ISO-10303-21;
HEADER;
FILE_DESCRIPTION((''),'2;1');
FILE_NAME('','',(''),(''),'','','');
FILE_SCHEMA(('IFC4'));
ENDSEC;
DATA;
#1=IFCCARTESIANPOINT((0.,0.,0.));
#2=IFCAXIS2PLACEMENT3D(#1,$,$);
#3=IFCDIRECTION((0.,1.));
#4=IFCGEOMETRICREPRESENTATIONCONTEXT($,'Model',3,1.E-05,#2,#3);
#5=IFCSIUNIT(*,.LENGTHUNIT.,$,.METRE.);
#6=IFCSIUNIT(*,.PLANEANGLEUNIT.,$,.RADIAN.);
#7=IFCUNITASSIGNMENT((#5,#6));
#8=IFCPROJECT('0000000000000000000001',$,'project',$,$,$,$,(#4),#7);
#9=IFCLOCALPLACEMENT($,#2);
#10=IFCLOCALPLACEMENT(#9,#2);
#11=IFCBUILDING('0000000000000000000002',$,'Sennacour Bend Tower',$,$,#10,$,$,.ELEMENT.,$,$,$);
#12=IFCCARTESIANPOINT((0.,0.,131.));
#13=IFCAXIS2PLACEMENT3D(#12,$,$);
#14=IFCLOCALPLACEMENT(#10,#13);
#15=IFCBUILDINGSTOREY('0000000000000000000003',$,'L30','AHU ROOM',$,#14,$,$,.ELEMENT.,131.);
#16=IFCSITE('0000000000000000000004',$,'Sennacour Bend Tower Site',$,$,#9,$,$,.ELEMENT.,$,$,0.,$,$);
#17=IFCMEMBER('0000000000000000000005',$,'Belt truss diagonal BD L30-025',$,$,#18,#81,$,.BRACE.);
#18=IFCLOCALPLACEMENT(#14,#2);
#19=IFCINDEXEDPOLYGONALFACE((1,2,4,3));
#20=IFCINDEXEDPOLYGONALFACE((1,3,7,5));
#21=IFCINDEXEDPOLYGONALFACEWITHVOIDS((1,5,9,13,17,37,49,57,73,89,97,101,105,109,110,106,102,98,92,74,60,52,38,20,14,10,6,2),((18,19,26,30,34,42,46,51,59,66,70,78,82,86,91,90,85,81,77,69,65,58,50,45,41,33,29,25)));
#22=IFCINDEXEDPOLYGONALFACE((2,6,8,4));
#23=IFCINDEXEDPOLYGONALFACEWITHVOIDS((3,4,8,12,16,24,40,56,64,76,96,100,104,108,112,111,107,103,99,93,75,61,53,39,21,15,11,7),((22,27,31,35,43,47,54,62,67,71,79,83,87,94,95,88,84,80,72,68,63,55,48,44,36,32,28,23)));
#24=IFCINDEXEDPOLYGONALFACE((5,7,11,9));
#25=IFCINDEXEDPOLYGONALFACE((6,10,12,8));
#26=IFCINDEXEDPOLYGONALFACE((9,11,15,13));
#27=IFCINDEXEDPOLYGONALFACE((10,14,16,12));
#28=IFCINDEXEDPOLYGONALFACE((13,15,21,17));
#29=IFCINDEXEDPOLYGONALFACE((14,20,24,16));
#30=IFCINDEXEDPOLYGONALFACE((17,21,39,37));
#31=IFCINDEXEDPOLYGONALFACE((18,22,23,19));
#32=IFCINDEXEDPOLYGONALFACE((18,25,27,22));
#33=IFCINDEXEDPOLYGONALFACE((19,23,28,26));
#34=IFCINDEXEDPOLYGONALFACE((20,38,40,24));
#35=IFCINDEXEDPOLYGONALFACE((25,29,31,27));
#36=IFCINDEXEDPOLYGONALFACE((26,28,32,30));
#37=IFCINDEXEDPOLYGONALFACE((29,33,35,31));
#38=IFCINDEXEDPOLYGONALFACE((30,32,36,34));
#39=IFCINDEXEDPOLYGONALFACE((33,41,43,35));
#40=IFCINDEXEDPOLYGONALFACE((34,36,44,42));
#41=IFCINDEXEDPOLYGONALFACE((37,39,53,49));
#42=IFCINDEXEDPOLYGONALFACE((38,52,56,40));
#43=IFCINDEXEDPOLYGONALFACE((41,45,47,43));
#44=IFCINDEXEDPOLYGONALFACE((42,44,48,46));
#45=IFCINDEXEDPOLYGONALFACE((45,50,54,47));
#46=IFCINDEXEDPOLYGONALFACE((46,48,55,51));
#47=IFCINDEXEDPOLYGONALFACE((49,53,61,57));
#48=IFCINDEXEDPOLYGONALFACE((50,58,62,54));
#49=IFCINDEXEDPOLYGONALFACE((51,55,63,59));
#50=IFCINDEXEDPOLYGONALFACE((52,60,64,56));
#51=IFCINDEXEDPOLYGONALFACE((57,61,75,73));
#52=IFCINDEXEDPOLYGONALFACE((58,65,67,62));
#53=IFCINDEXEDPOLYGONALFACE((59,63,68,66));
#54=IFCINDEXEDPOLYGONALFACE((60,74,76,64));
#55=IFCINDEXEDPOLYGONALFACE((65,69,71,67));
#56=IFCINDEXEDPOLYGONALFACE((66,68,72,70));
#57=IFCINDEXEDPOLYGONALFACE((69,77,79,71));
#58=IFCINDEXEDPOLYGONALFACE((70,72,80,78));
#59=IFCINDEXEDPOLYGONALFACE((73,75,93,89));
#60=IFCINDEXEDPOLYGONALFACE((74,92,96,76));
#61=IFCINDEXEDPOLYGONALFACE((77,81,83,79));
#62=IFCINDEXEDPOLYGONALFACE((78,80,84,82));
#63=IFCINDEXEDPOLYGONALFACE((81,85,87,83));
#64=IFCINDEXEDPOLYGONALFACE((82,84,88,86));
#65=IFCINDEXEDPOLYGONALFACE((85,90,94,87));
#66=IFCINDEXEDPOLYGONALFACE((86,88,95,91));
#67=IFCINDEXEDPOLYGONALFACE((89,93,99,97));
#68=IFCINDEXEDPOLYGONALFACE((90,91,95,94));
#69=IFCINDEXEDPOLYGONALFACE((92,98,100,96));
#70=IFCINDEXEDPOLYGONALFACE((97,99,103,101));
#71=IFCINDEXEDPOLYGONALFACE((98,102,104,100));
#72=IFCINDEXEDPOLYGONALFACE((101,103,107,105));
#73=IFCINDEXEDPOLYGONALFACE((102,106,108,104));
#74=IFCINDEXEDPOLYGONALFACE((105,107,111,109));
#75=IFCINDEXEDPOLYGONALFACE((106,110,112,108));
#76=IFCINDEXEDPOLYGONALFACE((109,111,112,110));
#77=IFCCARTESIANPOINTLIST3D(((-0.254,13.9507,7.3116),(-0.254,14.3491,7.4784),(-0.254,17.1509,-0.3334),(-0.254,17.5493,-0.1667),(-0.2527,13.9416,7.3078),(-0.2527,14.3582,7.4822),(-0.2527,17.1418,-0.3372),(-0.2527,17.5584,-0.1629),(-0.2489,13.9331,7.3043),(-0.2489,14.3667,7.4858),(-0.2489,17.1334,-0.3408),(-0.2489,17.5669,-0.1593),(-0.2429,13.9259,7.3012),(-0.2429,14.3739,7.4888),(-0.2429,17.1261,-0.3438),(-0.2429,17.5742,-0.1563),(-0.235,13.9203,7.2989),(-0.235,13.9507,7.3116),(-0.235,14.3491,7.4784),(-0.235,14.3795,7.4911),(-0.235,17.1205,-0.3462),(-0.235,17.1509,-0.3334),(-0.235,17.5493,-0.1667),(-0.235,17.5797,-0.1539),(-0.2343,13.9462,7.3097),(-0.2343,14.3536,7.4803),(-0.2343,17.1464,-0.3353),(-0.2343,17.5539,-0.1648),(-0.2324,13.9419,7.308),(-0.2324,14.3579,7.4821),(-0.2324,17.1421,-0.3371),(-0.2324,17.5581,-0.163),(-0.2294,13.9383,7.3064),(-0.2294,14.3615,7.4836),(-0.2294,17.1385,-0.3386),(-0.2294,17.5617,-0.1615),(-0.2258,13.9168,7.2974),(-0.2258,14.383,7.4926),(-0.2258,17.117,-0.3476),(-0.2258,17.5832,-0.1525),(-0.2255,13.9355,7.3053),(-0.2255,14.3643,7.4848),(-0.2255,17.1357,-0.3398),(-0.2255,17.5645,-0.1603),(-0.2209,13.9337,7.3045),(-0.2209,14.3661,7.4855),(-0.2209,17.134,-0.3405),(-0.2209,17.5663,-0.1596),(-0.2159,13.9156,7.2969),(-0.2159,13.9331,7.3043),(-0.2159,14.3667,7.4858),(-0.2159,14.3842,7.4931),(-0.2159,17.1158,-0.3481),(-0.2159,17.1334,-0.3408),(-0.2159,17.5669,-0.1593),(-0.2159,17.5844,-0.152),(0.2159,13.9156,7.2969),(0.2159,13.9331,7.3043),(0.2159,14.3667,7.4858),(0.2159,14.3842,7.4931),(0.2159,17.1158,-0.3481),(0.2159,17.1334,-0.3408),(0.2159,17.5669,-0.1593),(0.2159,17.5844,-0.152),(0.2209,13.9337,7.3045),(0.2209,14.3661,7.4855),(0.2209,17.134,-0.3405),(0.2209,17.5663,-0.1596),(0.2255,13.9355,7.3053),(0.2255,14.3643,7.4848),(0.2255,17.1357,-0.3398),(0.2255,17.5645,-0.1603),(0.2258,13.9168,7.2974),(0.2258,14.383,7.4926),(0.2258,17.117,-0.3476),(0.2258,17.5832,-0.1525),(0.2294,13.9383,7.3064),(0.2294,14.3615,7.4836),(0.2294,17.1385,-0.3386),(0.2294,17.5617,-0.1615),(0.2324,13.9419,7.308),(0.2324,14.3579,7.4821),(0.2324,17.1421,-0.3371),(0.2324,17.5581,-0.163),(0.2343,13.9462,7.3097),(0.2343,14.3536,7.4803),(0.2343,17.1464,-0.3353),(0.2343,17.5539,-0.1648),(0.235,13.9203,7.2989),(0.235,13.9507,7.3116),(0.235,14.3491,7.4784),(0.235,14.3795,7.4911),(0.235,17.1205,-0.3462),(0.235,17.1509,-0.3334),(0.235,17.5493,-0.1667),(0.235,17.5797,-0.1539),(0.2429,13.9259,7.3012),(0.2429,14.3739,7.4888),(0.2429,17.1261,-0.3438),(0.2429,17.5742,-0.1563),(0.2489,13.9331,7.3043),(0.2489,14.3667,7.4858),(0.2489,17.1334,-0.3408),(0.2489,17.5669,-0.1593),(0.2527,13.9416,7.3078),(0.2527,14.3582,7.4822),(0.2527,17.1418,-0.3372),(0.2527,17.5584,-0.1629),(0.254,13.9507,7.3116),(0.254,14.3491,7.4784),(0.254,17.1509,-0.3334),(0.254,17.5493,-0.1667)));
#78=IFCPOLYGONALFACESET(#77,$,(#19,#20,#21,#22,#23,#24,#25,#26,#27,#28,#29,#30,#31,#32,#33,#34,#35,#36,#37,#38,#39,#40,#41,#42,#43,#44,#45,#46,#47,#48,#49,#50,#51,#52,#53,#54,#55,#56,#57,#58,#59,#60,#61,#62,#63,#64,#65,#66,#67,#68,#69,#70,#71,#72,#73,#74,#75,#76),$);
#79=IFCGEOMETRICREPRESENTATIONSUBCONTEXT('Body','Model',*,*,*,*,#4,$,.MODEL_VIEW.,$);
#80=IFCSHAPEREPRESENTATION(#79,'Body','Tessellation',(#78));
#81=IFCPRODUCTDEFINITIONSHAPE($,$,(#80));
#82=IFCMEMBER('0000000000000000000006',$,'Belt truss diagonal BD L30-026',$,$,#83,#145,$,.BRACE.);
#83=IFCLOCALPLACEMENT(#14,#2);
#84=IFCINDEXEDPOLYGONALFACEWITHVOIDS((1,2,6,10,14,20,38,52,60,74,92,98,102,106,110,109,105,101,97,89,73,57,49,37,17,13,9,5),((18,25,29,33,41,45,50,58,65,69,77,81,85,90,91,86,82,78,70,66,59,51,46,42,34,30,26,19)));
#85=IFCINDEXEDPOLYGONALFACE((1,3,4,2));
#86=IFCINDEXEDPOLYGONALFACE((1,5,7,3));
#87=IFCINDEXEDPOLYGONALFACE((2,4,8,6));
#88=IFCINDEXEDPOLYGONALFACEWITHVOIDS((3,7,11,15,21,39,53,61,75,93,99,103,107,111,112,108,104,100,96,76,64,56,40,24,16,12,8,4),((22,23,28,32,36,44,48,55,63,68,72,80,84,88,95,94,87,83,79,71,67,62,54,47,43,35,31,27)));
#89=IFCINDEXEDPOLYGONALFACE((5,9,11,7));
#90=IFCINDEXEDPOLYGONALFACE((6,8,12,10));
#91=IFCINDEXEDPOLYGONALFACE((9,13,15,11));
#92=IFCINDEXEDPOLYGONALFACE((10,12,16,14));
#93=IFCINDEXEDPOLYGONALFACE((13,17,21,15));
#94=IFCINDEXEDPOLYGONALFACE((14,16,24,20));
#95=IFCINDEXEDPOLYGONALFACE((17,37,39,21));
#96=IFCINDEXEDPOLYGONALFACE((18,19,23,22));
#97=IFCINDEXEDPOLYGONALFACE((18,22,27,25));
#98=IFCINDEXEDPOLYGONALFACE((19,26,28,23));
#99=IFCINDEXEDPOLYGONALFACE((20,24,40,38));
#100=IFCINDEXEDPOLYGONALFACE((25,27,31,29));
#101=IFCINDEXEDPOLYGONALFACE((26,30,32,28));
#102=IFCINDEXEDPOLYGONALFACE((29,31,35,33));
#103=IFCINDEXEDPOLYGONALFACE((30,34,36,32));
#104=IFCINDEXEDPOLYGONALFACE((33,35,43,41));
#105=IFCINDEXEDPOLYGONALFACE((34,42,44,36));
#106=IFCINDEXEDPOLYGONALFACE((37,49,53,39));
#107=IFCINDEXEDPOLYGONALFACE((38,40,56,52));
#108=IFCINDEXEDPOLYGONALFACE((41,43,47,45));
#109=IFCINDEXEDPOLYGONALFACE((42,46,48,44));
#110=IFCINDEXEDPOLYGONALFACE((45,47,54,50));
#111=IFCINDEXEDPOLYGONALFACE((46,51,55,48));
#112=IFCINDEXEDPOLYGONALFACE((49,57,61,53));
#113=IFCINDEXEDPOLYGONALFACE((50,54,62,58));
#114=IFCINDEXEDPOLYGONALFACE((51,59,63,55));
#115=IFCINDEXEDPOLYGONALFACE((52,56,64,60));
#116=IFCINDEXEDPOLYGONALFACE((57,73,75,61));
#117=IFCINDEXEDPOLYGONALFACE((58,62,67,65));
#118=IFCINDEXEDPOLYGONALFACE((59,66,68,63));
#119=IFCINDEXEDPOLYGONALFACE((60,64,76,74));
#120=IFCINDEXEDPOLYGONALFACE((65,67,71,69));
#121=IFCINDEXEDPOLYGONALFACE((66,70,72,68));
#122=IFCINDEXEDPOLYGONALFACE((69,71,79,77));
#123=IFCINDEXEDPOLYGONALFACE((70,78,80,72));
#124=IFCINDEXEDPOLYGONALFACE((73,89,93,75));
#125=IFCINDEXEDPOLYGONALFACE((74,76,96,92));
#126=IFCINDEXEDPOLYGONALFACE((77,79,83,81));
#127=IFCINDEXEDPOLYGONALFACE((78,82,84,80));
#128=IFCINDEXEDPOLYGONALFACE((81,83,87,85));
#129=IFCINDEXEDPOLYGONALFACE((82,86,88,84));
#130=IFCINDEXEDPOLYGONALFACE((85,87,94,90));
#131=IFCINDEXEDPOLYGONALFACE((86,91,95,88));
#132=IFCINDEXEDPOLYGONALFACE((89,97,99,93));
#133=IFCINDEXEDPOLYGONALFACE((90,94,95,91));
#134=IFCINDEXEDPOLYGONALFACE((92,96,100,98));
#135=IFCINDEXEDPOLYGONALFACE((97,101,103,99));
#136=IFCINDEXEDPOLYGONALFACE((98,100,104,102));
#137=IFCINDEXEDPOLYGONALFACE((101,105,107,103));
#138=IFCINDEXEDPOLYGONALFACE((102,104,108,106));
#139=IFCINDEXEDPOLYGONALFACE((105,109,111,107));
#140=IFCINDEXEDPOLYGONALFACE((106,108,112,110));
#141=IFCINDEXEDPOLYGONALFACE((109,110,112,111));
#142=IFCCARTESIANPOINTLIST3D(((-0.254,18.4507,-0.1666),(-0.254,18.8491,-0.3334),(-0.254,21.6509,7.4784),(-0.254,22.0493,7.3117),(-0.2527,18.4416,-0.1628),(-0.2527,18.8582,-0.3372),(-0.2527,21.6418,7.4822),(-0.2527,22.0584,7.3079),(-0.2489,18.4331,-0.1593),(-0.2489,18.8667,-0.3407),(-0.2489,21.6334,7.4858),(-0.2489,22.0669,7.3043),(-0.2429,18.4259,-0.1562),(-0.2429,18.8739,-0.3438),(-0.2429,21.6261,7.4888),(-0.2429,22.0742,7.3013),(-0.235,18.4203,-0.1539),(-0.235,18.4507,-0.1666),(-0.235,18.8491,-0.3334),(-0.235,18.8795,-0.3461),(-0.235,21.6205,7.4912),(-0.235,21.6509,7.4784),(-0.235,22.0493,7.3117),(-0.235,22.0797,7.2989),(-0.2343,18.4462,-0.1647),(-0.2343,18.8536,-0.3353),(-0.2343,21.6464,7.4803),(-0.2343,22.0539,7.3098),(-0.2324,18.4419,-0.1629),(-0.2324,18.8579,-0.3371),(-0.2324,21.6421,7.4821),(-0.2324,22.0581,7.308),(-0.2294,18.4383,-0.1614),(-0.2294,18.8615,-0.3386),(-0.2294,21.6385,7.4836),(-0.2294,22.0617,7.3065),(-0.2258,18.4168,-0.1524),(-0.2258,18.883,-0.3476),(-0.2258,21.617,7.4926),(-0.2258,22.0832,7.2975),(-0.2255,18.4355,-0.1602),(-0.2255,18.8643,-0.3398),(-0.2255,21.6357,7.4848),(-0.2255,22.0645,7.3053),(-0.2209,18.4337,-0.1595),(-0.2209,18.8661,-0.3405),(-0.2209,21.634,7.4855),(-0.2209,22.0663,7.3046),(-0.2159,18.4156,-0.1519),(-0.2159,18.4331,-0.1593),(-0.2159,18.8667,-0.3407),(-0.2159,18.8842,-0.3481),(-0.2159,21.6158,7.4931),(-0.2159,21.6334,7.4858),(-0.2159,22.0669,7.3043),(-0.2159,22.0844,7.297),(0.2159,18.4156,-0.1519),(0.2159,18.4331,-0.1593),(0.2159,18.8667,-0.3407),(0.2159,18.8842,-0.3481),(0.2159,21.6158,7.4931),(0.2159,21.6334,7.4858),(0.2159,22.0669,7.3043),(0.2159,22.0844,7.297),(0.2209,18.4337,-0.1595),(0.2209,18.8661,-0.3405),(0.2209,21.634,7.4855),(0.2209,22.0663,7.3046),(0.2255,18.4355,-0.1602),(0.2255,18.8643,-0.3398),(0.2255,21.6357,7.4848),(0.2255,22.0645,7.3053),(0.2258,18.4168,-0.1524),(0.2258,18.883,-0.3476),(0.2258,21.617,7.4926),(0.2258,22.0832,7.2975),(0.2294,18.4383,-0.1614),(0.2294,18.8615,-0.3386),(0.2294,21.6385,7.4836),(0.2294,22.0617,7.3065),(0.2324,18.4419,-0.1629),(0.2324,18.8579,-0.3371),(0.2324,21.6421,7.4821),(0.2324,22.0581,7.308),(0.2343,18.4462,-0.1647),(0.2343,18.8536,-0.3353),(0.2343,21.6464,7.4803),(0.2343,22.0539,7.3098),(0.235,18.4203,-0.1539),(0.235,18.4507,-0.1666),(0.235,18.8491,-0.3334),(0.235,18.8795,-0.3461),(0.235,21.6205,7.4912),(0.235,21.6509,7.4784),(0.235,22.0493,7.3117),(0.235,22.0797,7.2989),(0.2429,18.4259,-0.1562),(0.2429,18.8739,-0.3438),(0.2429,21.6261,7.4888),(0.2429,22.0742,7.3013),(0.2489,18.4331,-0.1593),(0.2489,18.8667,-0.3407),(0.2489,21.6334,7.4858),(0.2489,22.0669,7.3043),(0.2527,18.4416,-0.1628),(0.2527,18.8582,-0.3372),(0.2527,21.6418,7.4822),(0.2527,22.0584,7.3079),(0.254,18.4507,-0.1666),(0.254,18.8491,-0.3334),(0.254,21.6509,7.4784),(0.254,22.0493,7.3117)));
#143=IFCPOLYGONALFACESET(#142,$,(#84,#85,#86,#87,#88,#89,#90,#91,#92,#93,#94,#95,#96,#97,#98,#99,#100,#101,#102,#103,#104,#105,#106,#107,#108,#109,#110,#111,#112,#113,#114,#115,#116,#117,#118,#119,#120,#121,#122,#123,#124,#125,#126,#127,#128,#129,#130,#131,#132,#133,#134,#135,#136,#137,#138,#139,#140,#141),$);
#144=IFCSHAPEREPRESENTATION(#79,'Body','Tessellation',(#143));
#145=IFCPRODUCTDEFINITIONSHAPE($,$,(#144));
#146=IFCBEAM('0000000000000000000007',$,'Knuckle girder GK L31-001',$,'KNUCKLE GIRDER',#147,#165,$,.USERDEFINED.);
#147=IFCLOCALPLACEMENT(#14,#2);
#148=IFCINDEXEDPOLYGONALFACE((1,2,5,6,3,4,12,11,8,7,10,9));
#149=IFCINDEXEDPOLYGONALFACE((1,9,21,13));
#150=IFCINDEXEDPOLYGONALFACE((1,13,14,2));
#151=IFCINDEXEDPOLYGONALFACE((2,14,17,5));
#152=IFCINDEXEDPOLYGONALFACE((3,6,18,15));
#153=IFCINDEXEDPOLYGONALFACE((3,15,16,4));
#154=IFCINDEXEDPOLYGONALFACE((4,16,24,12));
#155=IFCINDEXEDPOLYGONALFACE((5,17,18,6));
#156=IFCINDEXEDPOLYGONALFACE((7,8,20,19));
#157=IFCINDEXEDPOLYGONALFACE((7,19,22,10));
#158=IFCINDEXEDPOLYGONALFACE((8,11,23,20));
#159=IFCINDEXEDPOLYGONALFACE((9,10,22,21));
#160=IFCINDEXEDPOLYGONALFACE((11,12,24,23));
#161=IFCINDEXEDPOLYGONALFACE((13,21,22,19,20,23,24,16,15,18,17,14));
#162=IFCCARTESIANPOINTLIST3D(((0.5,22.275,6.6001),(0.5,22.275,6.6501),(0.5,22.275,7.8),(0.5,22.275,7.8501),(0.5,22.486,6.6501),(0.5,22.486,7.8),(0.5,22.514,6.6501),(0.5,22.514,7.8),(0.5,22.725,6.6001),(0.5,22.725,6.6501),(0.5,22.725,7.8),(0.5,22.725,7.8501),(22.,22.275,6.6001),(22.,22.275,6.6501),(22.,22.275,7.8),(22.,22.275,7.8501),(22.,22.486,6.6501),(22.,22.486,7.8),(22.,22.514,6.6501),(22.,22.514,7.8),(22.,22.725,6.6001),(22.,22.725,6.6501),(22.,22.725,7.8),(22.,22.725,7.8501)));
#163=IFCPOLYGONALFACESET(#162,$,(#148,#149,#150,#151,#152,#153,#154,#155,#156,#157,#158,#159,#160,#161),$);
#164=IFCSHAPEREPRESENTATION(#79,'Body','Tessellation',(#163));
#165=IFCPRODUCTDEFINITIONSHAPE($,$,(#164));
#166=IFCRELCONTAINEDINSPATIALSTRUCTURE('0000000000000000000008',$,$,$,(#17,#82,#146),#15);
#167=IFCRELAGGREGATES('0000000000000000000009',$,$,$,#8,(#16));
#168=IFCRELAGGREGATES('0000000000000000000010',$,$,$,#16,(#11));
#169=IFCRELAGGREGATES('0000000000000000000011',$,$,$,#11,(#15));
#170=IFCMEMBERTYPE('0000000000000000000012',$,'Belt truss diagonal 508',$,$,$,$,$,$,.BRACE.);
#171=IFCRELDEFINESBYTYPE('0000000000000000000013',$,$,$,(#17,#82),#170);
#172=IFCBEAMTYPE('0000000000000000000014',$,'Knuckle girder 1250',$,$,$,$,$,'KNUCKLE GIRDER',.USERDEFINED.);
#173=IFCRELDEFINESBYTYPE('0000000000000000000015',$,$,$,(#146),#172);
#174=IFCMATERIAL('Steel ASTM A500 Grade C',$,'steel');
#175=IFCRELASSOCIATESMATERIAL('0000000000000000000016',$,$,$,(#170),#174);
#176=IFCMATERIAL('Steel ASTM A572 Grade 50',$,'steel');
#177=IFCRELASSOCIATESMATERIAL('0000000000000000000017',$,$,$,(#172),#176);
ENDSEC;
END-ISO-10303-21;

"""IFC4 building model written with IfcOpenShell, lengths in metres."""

from ifc_helpers import new_model, si_unit, direction, frame, origin, origin_2d, place, context, subcontext, project, spatial, hollow_rectangle, i_section, extrude, material, material_profile, profile_set, type_object, element, save


model = new_model("IFC4")

# Units and contexts
model_context = context("Model", 3, precision=1e-05, world=origin(), true_north=direction((0.0, 1.0)))
body_context = subcontext(model_context, "Body", "Model", "MODEL_VIEW")
ifc_project = project(units=[si_unit("LENGTHUNIT", "METRE"), si_unit("PLANEANGLEUNIT", "RADIAN")], contexts=[model_context])

# Site, building, storey
site_placement = place(None, origin())
site = spatial("IfcSite", under=ifc_project, at=site_placement, Name="Sennacour Bend Tower Site", CompositionType="ELEMENT", RefElevation=0.0)
building_placement = place(site_placement, origin())
building = spatial("IfcBuilding", under=site, at=building_placement, Name="Sennacour Bend Tower", CompositionType="ELEMENT")
storey_placement = place(building_placement, frame((0.0, 0.0, 131.0)))
storey = spatial("IfcBuildingStorey", under=building, at=storey_placement, Name="L30", Description="AHU ROOM", CompositionType="ELEMENT", Elevation=131.0)

# Shared definitions
ifc_material_1 = material(Name="Steel ASTM A572 Grade 50", Category="steel")

# Members
ifc_material_2 = material(Name="Steel ASTM A500 Grade C", Category="steel")
ifc_material_profile_1 = material_profile(ifc_material_2, hollow_rectangle(XDim=0.5081, YDim=0.5081, WallThickness=0.019, InnerFilletRadius=0.019, OuterFilletRadius=0.0381, at=origin_2d()), Name="Steel ASTM A500 Grade C", Category="steel")
ifc_profile_set_1 = profile_set([ifc_material_profile_1], Name="Steel ASTM A500 Grade C")
member_type_1 = type_object("IfcMemberType", Name="Belt truss diagonal 508", PredefinedType="BRACE", material=ifc_profile_set_1)
for number, where, z_axis, x_axis, name in (
    (1, (0.0, 14.1499, 7.395), (0.0, 0.386133, -0.922443), (-1.0, 0.0, 0.0), "Belt truss diagonal BD L30-025"),
    (2, (0.0, 18.6499, -0.25), (0.0, 0.386133, 0.922443), (-1.0, 0.0, 0.0), "Belt truss diagonal BD L30-026"),
):
    element("IfcMember", number, at=place(storey_placement, frame(where, z_axis=z_axis, x_axis=x_axis)), inside=storey, type_object=member_type_1, Name=name, PredefinedType="BRACE", context=body_context, shape_type="SweptSolid", body=[
        extrude(hollow_rectangle(XDim=0.5081, YDim=0.5081, WallThickness=0.019, InnerFilletRadius=0.019, OuterFilletRadius=0.0381, at=origin_2d()), origin(), (0.0, 0.0, 1.0), 8.2878),
    ])

# Beam
ifc_material_profile_2 = material_profile(ifc_material_1, i_section(OverallWidth=0.45, OverallDepth=1.25, WebThickness=0.0281, FlangeThickness=0.05, at=origin_2d()), Name="Steel ASTM A572 Grade 50", Category="steel")
ifc_profile_set_2 = profile_set([ifc_material_profile_2], Name="Steel ASTM A572 Grade 50")
beam_type_1 = type_object("IfcBeamType", Name="Knuckle girder 1250", ElementType="KNUCKLE GIRDER", PredefinedType="USERDEFINED", material=ifc_profile_set_2)
beam_1_placement = place(storey_placement, frame((0.5, 22.5, 7.2251), z_axis=(1.0, 0.0, 0.0), x_axis=(0.0, 1.0, 0.0)))
element("IfcBeam", 3, at=beam_1_placement, inside=storey, type_object=beam_type_1, Name="Knuckle girder GK L31-001", ObjectType="KNUCKLE GIRDER", PredefinedType="USERDEFINED", context=body_context, shape_type="SweptSolid", body=[
    extrude(i_section(OverallWidth=0.45, OverallDepth=1.25, WebThickness=0.0281, FlangeThickness=0.05, at=origin_2d()), origin(), (0.0, 0.0, 1.0), 21.5),
])

save(model, "model.ifc")
